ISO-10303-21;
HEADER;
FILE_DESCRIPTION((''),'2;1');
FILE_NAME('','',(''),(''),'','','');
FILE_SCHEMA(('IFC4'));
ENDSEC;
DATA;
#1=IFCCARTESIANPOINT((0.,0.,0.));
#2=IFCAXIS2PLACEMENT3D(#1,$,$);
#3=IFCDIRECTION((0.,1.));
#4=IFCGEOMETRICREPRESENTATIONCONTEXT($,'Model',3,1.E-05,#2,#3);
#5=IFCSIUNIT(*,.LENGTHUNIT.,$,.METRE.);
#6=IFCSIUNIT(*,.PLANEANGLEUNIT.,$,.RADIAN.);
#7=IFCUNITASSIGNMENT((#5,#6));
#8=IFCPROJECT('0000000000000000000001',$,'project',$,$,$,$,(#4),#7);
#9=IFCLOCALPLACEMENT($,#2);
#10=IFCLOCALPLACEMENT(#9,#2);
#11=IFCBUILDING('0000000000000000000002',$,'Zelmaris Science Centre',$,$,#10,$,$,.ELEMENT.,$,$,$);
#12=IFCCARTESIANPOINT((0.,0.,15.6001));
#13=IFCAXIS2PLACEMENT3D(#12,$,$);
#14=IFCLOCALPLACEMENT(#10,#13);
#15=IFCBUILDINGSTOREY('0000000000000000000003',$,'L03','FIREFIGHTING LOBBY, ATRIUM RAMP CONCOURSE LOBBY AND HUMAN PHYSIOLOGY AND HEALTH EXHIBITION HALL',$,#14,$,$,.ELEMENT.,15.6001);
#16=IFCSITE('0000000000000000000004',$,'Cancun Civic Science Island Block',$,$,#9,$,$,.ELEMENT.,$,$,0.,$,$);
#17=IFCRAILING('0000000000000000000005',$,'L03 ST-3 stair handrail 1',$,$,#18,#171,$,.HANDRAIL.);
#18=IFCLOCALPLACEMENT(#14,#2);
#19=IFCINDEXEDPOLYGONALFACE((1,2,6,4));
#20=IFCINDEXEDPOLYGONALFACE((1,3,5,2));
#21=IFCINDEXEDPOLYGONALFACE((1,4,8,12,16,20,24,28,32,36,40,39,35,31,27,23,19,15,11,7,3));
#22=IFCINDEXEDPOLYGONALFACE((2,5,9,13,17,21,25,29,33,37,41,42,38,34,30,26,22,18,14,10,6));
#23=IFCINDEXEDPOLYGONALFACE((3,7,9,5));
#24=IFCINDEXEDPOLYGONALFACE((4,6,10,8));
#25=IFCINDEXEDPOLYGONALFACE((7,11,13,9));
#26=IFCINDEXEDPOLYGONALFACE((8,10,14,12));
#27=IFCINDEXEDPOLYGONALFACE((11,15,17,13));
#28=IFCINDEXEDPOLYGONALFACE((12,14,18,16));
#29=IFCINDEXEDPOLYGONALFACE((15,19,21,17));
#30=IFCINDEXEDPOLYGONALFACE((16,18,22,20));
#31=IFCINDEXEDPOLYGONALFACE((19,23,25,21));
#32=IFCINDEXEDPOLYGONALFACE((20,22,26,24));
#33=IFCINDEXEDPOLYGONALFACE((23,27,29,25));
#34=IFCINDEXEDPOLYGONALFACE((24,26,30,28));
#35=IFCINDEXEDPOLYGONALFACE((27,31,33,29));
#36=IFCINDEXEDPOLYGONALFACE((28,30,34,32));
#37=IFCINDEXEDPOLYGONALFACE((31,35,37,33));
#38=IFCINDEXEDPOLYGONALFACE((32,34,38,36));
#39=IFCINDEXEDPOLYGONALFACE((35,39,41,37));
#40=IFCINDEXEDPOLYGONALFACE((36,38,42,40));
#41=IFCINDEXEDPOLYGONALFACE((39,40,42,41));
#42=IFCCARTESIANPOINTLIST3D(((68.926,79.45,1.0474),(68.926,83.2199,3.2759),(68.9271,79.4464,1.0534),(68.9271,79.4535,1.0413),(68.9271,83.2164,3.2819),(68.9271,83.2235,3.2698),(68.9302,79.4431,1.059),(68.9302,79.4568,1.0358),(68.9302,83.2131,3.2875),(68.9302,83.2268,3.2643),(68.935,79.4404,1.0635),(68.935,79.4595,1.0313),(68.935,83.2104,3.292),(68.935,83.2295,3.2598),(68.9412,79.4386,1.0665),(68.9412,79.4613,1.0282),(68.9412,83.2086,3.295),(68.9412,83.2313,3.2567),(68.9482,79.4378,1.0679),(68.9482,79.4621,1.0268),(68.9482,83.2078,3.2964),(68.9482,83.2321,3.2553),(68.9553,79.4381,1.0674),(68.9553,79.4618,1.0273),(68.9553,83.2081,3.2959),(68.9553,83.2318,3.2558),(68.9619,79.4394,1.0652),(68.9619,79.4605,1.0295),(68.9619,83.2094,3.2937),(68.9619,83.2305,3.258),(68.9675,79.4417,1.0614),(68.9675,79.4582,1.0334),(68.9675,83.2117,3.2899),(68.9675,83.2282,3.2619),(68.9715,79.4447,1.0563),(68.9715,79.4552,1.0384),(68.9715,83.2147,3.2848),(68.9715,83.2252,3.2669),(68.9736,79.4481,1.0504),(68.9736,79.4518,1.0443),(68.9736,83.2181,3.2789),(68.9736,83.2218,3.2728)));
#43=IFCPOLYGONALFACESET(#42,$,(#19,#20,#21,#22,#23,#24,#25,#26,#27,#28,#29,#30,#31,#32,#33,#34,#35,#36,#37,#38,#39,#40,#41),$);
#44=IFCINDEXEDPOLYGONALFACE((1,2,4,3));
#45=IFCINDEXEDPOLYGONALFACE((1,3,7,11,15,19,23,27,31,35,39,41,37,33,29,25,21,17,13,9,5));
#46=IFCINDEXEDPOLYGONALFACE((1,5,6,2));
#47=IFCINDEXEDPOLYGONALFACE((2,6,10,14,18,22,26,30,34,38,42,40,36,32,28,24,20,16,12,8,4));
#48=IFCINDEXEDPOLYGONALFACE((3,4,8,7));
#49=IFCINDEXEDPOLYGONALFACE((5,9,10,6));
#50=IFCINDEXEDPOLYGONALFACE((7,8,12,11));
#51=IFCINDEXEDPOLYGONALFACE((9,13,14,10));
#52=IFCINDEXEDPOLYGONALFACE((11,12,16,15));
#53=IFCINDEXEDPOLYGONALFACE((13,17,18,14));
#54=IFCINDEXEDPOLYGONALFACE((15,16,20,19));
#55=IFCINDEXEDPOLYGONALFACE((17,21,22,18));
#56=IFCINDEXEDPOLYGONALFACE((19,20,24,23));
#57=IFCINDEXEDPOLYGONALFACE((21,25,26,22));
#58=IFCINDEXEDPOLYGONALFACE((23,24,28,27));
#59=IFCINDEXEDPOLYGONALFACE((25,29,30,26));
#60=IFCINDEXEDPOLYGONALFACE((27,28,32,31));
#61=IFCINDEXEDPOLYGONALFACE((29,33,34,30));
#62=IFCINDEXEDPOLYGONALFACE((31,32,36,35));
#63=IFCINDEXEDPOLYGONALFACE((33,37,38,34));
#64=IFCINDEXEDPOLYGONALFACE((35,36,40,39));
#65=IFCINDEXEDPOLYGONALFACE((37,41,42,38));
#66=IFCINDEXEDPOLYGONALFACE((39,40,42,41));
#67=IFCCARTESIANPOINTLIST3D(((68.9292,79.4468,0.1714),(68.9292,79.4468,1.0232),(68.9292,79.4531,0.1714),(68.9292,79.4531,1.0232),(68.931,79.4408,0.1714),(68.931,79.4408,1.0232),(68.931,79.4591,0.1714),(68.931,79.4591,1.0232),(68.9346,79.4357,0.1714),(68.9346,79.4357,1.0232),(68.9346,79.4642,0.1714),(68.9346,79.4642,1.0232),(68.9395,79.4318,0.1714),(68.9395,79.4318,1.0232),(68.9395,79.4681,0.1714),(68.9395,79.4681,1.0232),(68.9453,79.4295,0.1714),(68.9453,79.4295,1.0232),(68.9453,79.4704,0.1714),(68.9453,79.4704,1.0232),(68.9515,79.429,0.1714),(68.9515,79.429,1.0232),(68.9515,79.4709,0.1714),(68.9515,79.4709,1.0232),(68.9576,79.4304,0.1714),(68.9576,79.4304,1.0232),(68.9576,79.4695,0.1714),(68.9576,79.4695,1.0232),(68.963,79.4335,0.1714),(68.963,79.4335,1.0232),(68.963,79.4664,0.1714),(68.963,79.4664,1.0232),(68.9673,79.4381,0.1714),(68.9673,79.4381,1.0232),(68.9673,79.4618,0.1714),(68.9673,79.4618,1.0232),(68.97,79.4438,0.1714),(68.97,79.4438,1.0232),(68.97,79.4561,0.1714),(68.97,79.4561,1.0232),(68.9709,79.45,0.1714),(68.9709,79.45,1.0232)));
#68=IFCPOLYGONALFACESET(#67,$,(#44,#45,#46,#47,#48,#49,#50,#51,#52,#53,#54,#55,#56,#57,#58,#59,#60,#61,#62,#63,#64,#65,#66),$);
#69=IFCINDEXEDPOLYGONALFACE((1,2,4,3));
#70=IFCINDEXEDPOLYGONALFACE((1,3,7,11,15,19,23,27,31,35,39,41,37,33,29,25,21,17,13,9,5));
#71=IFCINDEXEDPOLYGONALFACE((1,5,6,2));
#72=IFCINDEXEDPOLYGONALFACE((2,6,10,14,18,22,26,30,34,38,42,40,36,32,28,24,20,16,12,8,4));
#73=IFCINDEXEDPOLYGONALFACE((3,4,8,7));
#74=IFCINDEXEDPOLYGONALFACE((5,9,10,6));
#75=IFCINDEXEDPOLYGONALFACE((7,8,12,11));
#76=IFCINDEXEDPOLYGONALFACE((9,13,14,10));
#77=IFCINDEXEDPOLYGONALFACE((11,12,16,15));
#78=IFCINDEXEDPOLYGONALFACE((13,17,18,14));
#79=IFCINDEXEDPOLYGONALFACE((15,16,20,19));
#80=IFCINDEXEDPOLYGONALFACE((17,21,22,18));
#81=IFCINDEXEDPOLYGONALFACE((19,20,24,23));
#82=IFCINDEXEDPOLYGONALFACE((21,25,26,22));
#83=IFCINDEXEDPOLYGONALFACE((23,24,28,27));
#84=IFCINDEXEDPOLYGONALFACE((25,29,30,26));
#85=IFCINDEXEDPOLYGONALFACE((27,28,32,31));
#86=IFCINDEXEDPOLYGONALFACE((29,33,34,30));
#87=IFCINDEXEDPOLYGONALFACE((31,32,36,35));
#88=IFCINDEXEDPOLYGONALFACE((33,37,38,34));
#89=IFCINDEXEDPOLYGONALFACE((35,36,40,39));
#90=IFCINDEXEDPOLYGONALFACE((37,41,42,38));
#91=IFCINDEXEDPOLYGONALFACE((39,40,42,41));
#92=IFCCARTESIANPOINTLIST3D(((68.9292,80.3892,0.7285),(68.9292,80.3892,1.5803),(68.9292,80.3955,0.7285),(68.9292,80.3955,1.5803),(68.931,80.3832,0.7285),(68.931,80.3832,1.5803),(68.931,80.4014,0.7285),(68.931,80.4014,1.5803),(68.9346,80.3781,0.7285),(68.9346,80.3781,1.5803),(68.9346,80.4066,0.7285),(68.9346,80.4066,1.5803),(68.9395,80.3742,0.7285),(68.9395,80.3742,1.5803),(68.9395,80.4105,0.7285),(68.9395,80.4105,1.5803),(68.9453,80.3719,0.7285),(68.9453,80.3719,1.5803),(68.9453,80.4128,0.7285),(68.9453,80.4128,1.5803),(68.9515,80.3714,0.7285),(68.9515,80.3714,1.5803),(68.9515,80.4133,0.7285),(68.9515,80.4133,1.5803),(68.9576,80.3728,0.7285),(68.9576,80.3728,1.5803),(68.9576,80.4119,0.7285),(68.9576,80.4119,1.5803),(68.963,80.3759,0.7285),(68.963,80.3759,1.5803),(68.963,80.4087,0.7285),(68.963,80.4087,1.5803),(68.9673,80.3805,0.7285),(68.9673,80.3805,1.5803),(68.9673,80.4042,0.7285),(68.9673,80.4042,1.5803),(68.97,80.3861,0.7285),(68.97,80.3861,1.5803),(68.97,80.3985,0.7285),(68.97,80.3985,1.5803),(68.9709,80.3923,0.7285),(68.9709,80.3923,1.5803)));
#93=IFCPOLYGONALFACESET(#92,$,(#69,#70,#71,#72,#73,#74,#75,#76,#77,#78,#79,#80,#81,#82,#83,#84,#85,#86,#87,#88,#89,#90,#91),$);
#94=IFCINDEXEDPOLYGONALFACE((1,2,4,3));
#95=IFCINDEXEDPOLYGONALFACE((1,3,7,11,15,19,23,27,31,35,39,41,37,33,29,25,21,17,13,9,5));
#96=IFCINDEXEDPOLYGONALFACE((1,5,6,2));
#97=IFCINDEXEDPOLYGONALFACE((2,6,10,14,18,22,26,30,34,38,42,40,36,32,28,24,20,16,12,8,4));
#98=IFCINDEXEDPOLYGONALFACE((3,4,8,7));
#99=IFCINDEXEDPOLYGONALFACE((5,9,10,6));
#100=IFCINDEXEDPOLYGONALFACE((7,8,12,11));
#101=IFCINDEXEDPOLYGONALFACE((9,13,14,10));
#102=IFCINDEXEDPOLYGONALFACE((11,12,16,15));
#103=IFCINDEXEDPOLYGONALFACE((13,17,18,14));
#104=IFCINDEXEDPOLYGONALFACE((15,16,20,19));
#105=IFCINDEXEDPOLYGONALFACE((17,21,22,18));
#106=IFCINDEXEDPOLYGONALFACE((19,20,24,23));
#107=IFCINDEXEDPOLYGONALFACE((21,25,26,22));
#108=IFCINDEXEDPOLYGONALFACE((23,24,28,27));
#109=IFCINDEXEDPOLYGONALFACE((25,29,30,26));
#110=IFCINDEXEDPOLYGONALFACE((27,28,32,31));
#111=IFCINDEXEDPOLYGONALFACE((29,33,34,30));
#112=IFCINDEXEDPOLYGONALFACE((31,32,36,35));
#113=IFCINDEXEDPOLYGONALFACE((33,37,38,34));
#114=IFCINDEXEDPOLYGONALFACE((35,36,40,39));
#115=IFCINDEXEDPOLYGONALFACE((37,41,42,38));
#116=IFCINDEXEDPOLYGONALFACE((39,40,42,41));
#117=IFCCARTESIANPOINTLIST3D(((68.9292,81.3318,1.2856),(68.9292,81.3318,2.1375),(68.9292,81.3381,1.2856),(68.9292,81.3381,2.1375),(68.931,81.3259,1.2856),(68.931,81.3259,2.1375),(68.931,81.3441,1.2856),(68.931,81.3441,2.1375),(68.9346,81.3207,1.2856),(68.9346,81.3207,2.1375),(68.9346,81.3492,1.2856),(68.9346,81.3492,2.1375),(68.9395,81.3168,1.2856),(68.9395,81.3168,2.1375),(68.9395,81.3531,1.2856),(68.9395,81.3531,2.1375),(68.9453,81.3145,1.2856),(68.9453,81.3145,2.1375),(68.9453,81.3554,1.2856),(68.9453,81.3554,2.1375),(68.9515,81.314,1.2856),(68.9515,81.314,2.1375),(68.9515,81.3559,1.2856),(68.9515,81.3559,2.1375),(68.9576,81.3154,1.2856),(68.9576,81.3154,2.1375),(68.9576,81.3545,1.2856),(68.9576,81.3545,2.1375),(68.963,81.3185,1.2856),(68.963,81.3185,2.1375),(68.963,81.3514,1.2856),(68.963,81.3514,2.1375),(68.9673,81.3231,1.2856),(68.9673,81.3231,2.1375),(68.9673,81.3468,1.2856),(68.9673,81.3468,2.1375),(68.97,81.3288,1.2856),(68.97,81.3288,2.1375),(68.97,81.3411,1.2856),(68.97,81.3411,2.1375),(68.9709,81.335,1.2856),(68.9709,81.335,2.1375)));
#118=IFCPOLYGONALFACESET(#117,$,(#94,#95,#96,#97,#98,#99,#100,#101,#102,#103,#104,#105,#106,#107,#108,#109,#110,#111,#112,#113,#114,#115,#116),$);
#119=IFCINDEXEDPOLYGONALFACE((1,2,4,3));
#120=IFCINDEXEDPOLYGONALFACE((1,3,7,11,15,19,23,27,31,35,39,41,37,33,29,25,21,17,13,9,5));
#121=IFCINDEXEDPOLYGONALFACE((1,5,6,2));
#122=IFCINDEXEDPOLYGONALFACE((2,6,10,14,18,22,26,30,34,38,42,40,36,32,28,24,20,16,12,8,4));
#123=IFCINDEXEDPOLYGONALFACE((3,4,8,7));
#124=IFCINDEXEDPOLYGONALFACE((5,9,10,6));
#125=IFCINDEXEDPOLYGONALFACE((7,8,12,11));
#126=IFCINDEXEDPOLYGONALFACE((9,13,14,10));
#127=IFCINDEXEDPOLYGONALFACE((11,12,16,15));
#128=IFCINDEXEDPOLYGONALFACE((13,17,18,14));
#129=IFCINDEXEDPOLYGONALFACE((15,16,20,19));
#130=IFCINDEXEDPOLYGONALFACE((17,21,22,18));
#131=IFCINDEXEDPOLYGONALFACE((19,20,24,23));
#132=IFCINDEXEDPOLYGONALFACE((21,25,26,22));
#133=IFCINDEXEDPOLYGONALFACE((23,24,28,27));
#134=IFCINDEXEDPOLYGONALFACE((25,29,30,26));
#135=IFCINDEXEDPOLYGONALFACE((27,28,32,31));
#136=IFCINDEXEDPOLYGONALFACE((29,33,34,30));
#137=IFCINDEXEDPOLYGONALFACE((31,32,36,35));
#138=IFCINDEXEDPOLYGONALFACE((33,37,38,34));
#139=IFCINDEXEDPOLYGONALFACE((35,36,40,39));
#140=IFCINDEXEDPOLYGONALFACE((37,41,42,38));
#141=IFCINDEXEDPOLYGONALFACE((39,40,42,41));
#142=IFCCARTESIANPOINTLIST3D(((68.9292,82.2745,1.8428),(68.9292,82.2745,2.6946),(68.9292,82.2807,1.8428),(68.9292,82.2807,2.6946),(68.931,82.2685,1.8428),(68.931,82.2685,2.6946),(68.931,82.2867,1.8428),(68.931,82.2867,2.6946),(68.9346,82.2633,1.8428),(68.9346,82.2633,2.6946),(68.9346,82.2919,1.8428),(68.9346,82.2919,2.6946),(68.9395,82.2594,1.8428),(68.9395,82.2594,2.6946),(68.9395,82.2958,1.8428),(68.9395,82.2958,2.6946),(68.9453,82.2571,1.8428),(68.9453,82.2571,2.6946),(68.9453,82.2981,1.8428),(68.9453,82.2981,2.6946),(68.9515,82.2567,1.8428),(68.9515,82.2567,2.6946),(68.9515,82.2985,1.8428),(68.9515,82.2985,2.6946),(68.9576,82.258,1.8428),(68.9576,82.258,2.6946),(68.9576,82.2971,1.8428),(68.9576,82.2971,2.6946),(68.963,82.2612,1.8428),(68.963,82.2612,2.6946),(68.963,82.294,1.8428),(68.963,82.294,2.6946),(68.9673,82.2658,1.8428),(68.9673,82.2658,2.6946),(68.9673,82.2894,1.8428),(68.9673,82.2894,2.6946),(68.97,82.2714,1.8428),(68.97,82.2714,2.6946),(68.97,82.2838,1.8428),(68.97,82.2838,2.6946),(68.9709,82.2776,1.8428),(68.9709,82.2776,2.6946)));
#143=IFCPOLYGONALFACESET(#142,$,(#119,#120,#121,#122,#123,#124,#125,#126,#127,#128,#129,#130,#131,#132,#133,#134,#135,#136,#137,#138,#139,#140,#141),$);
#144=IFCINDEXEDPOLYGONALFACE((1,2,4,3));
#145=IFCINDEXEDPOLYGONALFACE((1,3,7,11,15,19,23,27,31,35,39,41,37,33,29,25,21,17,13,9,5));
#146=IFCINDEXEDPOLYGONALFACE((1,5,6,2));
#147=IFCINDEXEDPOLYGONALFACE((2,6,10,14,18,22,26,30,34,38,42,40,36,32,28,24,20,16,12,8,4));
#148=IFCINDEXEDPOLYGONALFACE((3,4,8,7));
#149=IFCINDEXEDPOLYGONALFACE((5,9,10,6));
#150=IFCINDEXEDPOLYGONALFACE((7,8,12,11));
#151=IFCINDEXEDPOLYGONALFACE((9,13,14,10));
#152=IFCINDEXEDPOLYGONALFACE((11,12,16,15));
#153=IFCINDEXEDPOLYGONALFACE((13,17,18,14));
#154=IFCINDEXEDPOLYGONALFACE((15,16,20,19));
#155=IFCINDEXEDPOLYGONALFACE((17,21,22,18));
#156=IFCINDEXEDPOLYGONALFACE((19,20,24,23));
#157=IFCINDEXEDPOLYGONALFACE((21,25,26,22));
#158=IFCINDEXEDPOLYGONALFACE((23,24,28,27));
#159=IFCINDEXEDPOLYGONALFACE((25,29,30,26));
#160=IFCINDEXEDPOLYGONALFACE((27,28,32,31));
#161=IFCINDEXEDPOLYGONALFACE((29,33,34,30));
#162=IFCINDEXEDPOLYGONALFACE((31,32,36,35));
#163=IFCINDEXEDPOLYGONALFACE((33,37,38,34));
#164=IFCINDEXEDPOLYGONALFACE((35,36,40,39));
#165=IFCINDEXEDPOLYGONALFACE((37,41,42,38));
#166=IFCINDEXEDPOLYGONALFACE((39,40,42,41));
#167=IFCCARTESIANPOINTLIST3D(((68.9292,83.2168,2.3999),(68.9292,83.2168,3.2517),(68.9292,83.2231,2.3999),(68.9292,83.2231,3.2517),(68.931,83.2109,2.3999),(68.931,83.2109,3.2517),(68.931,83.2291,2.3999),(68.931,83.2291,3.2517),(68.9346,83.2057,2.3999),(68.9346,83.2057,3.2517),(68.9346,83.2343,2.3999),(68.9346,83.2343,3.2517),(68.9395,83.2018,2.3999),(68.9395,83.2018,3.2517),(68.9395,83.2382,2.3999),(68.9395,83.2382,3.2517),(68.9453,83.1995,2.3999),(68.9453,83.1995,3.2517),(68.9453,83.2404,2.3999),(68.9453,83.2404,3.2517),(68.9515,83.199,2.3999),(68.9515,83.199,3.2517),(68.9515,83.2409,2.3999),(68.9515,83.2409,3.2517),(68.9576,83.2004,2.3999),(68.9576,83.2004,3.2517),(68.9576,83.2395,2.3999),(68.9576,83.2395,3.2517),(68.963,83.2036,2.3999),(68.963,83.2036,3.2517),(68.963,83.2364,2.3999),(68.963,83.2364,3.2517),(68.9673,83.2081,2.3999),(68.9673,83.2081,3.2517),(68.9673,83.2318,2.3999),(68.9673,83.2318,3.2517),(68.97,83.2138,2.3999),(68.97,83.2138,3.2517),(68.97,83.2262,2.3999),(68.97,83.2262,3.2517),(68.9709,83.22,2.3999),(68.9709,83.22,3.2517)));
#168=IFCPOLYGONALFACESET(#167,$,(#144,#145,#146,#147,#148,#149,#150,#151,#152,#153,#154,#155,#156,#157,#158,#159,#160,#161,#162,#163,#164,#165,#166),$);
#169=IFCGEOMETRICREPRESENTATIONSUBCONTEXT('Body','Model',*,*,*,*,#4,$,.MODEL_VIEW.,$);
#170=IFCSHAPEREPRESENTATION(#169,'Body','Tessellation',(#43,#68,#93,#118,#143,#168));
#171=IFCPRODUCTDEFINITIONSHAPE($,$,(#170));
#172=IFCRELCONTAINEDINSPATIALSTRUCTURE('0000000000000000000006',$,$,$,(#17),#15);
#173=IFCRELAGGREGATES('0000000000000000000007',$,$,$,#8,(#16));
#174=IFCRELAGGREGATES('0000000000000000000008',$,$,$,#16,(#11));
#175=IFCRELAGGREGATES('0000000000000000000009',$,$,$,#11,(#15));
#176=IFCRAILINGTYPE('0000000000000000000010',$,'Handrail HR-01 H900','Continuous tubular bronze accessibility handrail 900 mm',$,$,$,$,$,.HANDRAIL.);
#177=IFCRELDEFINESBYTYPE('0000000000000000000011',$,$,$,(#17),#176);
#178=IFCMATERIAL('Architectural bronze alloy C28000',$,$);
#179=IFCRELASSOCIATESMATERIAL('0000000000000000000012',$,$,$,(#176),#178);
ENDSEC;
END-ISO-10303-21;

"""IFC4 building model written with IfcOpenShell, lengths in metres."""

from ifc_helpers import new_model, si_unit, direction, frame, origin, origin_2d, place, context, subcontext, project, spatial, circle, extrude, material, type_object, element, save


model = new_model("IFC4")

# Units and contexts
model_context = context("Model", 3, precision=1e-05, world=origin(), true_north=direction((0.0, 1.0)))
body_context = subcontext(model_context, "Body", "Model", "MODEL_VIEW")
ifc_project = project(units=[si_unit("LENGTHUNIT", "METRE"), si_unit("PLANEANGLEUNIT", "RADIAN")], contexts=[model_context])

# Site, building, storey
site_placement = place(None, origin())
site = spatial("IfcSite", under=ifc_project, at=site_placement, Name="Cancun Civic Science Island Block", CompositionType="ELEMENT", RefElevation=0.0)
building_placement = place(site_placement, origin())
building = spatial("IfcBuilding", under=site, at=building_placement, Name="Zelmaris Science Centre", CompositionType="ELEMENT")
storey_placement = place(building_placement, frame((0.0, 0.0, 15.6001)))
storey = spatial("IfcBuildingStorey", under=building, at=storey_placement, Name="L03", Description="FIREFIGHTING LOBBY, ATRIUM RAMP CONCOURSE LOBBY AND HUMAN PHYSIOLOGY AND HEALTH EXHIBITION HALL", CompositionType="ELEMENT", Elevation=15.6001)

# Railing
ifc_material_1 = material(Name="Architectural bronze alloy C28000")
railing_type_1 = type_object("IfcRailingType", Name="Handrail HR-01 H900", Description="Continuous tubular bronze accessibility handrail 900 mm", PredefinedType="HANDRAIL", material=ifc_material_1)
railing_1_placement = place(storey_placement, frame((68.95, 79.45, 0.1714)))
element("IfcRailing", 1, at=railing_1_placement, inside=storey, type_object=railing_type_1, Name="L03 ST-3 stair handrail 1", PredefinedType="HANDRAIL", context=body_context, shape_type="SweptSolid", body=[
    extrude(circle(Radius=0.0239, at=origin_2d()), frame((0.0, 0.0, 0.876), z_axis=(0.0, 0.860849, 0.508861), x_axis=(-1.0, 0.0, 0.0)), (0.0, 0.0, 1.0), 4.3794),
    extrude(circle(Radius=0.021, at=origin_2d()), origin(), (0.0, 0.0, 1.0), 0.8518),
    extrude(circle(Radius=0.021, at=origin_2d()), frame((0.0, 0.9424, 0.5571)), (0.0, 0.0, 1.0), 0.8518),
    extrude(circle(Radius=0.021, at=origin_2d()), frame((0.0, 1.885, 1.1143)), (0.0, 0.0, 1.0), 0.8518),
    extrude(circle(Radius=0.021, at=origin_2d()), frame((0.0, 2.8276, 1.6714)), (0.0, 0.0, 1.0), 0.8518),
    extrude(circle(Radius=0.021, at=origin_2d()), frame((0.0, 3.77, 2.2285)), (0.0, 0.0, 1.0), 0.8518),
])

save(model, "model.ifc")
